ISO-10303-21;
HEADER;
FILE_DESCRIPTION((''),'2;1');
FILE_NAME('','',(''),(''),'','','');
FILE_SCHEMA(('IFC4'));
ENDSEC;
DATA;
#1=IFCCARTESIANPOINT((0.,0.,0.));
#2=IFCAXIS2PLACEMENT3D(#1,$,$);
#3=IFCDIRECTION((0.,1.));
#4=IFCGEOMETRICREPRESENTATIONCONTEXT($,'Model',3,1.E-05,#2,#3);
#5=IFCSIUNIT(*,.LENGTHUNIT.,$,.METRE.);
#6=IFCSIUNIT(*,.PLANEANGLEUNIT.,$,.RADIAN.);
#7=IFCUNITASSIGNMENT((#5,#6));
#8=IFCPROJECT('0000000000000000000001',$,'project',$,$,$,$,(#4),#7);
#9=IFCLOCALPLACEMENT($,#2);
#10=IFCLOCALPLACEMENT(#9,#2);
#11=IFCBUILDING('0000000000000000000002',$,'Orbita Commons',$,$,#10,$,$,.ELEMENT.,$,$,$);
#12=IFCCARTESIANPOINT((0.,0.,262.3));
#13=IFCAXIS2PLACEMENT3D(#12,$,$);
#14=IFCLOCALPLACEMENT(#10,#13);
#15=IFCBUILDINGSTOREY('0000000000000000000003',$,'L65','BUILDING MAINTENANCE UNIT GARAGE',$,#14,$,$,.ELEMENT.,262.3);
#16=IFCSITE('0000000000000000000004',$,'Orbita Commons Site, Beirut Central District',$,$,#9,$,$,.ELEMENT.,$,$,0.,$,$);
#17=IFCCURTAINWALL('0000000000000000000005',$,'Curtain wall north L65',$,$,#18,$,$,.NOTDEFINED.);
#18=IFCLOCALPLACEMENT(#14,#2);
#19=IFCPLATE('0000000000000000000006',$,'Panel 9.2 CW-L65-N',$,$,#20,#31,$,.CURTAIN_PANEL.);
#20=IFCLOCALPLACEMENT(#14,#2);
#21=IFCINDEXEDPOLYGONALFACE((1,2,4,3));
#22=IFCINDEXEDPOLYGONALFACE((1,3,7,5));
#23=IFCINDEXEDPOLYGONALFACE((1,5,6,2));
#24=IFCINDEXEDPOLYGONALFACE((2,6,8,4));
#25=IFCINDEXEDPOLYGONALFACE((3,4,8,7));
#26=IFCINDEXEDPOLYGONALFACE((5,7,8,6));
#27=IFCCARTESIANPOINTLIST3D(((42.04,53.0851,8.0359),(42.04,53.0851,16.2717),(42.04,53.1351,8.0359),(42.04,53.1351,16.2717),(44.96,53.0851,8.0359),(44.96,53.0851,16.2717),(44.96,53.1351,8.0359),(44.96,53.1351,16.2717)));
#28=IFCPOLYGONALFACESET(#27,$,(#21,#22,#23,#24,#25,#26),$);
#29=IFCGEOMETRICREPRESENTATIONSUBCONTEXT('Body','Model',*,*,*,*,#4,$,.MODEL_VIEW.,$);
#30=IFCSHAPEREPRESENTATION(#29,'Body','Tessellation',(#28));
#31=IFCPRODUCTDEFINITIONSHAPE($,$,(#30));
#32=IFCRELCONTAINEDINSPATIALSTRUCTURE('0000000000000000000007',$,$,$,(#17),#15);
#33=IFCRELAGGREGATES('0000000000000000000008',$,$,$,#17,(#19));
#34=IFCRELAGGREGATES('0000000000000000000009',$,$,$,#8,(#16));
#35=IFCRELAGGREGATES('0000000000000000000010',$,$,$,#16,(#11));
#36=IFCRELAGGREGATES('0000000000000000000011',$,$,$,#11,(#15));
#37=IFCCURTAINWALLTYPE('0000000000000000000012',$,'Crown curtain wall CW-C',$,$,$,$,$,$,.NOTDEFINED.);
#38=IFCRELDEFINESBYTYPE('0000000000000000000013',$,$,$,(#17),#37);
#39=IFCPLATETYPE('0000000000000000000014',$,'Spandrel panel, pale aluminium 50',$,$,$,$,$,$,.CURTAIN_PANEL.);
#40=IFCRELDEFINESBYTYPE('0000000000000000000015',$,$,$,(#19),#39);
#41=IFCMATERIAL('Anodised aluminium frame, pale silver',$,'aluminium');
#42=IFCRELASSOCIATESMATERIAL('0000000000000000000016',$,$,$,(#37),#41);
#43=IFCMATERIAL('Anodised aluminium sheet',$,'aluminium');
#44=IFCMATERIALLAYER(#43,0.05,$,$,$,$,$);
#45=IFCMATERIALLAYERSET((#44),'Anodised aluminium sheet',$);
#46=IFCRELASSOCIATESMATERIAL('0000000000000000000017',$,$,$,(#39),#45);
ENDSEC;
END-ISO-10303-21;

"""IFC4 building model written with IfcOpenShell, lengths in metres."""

from ifc_helpers import new_model, si_unit, direction, frame, origin, origin_2d, place, context, subcontext, project, spatial, rectangle, extrude, material, layer, layer_set, type_object, element, aggregate, save


model = new_model("IFC4")

# Units and contexts
model_context = context("Model", 3, precision=1e-05, world=origin(), true_north=direction((0.0, 1.0)))
body_context = subcontext(model_context, "Body", "Model", "MODEL_VIEW")
ifc_project = project(units=[si_unit("LENGTHUNIT", "METRE"), si_unit("PLANEANGLEUNIT", "RADIAN")], contexts=[model_context])

# Site, building, storey
site_placement = place(None, origin())
site = spatial("IfcSite", under=ifc_project, at=site_placement, Name="Orbita Commons Site, Beirut Central District", CompositionType="ELEMENT", RefElevation=0.0)
building_placement = place(site_placement, origin())
building = spatial("IfcBuilding", under=site, at=building_placement, Name="Orbita Commons", CompositionType="ELEMENT")
storey_placement = place(building_placement, frame((0.0, 0.0, 262.3)))
storey = spatial("IfcBuildingStorey", under=building, at=storey_placement, Name="L65", Description="BUILDING MAINTENANCE UNIT GARAGE", CompositionType="ELEMENT", Elevation=262.3)

# Curtain wall, plate
ifc_material_1 = material(Name="Anodised aluminium frame, pale silver", Category="aluminium")
curtain_wall_type = type_object("IfcCurtainWallType", Name="Crown curtain wall CW-C", PredefinedType="NOTDEFINED", material=ifc_material_1)
curtain_wall_placement = place(storey_placement, origin())
curtain_wall = element("IfcCurtainWall", 1, at=curtain_wall_placement, inside=storey, type_object=curtain_wall_type, Name="Curtain wall north L65", PredefinedType="NOTDEFINED")
ifc_material_2 = material(Name="Anodised aluminium sheet", Category="aluminium")
ifc_layer = layer(ifc_material_2, 0.05)
ifc_layer_set = layer_set([ifc_layer], Name="Anodised aluminium sheet")
plate_type = type_object("IfcPlateType", Name="Spandrel panel, pale aluminium 50", PredefinedType="CURTAIN_PANEL", material=ifc_layer_set)
plate_1_placement = place(storey_placement, frame((43.5, 53.1101, 8.0359), z_axis=(0.0, 0.0, 1.0), x_axis=(-1.0, 0.0, 0.0)))
plate_1 = element("IfcPlate", 2, at=plate_1_placement, type_object=plate_type, Name="Panel 9.2 CW-L65-N", PredefinedType="CURTAIN_PANEL", context=body_context, shape_type="SweptSolid", body=[
    extrude(rectangle(XDim=2.9199, YDim=0.05, at=origin_2d()), origin(), (0.0, 0.0, 1.0), 8.2358),
])
aggregate(curtain_wall, [plate_1])

save(model, "model.ifc")
